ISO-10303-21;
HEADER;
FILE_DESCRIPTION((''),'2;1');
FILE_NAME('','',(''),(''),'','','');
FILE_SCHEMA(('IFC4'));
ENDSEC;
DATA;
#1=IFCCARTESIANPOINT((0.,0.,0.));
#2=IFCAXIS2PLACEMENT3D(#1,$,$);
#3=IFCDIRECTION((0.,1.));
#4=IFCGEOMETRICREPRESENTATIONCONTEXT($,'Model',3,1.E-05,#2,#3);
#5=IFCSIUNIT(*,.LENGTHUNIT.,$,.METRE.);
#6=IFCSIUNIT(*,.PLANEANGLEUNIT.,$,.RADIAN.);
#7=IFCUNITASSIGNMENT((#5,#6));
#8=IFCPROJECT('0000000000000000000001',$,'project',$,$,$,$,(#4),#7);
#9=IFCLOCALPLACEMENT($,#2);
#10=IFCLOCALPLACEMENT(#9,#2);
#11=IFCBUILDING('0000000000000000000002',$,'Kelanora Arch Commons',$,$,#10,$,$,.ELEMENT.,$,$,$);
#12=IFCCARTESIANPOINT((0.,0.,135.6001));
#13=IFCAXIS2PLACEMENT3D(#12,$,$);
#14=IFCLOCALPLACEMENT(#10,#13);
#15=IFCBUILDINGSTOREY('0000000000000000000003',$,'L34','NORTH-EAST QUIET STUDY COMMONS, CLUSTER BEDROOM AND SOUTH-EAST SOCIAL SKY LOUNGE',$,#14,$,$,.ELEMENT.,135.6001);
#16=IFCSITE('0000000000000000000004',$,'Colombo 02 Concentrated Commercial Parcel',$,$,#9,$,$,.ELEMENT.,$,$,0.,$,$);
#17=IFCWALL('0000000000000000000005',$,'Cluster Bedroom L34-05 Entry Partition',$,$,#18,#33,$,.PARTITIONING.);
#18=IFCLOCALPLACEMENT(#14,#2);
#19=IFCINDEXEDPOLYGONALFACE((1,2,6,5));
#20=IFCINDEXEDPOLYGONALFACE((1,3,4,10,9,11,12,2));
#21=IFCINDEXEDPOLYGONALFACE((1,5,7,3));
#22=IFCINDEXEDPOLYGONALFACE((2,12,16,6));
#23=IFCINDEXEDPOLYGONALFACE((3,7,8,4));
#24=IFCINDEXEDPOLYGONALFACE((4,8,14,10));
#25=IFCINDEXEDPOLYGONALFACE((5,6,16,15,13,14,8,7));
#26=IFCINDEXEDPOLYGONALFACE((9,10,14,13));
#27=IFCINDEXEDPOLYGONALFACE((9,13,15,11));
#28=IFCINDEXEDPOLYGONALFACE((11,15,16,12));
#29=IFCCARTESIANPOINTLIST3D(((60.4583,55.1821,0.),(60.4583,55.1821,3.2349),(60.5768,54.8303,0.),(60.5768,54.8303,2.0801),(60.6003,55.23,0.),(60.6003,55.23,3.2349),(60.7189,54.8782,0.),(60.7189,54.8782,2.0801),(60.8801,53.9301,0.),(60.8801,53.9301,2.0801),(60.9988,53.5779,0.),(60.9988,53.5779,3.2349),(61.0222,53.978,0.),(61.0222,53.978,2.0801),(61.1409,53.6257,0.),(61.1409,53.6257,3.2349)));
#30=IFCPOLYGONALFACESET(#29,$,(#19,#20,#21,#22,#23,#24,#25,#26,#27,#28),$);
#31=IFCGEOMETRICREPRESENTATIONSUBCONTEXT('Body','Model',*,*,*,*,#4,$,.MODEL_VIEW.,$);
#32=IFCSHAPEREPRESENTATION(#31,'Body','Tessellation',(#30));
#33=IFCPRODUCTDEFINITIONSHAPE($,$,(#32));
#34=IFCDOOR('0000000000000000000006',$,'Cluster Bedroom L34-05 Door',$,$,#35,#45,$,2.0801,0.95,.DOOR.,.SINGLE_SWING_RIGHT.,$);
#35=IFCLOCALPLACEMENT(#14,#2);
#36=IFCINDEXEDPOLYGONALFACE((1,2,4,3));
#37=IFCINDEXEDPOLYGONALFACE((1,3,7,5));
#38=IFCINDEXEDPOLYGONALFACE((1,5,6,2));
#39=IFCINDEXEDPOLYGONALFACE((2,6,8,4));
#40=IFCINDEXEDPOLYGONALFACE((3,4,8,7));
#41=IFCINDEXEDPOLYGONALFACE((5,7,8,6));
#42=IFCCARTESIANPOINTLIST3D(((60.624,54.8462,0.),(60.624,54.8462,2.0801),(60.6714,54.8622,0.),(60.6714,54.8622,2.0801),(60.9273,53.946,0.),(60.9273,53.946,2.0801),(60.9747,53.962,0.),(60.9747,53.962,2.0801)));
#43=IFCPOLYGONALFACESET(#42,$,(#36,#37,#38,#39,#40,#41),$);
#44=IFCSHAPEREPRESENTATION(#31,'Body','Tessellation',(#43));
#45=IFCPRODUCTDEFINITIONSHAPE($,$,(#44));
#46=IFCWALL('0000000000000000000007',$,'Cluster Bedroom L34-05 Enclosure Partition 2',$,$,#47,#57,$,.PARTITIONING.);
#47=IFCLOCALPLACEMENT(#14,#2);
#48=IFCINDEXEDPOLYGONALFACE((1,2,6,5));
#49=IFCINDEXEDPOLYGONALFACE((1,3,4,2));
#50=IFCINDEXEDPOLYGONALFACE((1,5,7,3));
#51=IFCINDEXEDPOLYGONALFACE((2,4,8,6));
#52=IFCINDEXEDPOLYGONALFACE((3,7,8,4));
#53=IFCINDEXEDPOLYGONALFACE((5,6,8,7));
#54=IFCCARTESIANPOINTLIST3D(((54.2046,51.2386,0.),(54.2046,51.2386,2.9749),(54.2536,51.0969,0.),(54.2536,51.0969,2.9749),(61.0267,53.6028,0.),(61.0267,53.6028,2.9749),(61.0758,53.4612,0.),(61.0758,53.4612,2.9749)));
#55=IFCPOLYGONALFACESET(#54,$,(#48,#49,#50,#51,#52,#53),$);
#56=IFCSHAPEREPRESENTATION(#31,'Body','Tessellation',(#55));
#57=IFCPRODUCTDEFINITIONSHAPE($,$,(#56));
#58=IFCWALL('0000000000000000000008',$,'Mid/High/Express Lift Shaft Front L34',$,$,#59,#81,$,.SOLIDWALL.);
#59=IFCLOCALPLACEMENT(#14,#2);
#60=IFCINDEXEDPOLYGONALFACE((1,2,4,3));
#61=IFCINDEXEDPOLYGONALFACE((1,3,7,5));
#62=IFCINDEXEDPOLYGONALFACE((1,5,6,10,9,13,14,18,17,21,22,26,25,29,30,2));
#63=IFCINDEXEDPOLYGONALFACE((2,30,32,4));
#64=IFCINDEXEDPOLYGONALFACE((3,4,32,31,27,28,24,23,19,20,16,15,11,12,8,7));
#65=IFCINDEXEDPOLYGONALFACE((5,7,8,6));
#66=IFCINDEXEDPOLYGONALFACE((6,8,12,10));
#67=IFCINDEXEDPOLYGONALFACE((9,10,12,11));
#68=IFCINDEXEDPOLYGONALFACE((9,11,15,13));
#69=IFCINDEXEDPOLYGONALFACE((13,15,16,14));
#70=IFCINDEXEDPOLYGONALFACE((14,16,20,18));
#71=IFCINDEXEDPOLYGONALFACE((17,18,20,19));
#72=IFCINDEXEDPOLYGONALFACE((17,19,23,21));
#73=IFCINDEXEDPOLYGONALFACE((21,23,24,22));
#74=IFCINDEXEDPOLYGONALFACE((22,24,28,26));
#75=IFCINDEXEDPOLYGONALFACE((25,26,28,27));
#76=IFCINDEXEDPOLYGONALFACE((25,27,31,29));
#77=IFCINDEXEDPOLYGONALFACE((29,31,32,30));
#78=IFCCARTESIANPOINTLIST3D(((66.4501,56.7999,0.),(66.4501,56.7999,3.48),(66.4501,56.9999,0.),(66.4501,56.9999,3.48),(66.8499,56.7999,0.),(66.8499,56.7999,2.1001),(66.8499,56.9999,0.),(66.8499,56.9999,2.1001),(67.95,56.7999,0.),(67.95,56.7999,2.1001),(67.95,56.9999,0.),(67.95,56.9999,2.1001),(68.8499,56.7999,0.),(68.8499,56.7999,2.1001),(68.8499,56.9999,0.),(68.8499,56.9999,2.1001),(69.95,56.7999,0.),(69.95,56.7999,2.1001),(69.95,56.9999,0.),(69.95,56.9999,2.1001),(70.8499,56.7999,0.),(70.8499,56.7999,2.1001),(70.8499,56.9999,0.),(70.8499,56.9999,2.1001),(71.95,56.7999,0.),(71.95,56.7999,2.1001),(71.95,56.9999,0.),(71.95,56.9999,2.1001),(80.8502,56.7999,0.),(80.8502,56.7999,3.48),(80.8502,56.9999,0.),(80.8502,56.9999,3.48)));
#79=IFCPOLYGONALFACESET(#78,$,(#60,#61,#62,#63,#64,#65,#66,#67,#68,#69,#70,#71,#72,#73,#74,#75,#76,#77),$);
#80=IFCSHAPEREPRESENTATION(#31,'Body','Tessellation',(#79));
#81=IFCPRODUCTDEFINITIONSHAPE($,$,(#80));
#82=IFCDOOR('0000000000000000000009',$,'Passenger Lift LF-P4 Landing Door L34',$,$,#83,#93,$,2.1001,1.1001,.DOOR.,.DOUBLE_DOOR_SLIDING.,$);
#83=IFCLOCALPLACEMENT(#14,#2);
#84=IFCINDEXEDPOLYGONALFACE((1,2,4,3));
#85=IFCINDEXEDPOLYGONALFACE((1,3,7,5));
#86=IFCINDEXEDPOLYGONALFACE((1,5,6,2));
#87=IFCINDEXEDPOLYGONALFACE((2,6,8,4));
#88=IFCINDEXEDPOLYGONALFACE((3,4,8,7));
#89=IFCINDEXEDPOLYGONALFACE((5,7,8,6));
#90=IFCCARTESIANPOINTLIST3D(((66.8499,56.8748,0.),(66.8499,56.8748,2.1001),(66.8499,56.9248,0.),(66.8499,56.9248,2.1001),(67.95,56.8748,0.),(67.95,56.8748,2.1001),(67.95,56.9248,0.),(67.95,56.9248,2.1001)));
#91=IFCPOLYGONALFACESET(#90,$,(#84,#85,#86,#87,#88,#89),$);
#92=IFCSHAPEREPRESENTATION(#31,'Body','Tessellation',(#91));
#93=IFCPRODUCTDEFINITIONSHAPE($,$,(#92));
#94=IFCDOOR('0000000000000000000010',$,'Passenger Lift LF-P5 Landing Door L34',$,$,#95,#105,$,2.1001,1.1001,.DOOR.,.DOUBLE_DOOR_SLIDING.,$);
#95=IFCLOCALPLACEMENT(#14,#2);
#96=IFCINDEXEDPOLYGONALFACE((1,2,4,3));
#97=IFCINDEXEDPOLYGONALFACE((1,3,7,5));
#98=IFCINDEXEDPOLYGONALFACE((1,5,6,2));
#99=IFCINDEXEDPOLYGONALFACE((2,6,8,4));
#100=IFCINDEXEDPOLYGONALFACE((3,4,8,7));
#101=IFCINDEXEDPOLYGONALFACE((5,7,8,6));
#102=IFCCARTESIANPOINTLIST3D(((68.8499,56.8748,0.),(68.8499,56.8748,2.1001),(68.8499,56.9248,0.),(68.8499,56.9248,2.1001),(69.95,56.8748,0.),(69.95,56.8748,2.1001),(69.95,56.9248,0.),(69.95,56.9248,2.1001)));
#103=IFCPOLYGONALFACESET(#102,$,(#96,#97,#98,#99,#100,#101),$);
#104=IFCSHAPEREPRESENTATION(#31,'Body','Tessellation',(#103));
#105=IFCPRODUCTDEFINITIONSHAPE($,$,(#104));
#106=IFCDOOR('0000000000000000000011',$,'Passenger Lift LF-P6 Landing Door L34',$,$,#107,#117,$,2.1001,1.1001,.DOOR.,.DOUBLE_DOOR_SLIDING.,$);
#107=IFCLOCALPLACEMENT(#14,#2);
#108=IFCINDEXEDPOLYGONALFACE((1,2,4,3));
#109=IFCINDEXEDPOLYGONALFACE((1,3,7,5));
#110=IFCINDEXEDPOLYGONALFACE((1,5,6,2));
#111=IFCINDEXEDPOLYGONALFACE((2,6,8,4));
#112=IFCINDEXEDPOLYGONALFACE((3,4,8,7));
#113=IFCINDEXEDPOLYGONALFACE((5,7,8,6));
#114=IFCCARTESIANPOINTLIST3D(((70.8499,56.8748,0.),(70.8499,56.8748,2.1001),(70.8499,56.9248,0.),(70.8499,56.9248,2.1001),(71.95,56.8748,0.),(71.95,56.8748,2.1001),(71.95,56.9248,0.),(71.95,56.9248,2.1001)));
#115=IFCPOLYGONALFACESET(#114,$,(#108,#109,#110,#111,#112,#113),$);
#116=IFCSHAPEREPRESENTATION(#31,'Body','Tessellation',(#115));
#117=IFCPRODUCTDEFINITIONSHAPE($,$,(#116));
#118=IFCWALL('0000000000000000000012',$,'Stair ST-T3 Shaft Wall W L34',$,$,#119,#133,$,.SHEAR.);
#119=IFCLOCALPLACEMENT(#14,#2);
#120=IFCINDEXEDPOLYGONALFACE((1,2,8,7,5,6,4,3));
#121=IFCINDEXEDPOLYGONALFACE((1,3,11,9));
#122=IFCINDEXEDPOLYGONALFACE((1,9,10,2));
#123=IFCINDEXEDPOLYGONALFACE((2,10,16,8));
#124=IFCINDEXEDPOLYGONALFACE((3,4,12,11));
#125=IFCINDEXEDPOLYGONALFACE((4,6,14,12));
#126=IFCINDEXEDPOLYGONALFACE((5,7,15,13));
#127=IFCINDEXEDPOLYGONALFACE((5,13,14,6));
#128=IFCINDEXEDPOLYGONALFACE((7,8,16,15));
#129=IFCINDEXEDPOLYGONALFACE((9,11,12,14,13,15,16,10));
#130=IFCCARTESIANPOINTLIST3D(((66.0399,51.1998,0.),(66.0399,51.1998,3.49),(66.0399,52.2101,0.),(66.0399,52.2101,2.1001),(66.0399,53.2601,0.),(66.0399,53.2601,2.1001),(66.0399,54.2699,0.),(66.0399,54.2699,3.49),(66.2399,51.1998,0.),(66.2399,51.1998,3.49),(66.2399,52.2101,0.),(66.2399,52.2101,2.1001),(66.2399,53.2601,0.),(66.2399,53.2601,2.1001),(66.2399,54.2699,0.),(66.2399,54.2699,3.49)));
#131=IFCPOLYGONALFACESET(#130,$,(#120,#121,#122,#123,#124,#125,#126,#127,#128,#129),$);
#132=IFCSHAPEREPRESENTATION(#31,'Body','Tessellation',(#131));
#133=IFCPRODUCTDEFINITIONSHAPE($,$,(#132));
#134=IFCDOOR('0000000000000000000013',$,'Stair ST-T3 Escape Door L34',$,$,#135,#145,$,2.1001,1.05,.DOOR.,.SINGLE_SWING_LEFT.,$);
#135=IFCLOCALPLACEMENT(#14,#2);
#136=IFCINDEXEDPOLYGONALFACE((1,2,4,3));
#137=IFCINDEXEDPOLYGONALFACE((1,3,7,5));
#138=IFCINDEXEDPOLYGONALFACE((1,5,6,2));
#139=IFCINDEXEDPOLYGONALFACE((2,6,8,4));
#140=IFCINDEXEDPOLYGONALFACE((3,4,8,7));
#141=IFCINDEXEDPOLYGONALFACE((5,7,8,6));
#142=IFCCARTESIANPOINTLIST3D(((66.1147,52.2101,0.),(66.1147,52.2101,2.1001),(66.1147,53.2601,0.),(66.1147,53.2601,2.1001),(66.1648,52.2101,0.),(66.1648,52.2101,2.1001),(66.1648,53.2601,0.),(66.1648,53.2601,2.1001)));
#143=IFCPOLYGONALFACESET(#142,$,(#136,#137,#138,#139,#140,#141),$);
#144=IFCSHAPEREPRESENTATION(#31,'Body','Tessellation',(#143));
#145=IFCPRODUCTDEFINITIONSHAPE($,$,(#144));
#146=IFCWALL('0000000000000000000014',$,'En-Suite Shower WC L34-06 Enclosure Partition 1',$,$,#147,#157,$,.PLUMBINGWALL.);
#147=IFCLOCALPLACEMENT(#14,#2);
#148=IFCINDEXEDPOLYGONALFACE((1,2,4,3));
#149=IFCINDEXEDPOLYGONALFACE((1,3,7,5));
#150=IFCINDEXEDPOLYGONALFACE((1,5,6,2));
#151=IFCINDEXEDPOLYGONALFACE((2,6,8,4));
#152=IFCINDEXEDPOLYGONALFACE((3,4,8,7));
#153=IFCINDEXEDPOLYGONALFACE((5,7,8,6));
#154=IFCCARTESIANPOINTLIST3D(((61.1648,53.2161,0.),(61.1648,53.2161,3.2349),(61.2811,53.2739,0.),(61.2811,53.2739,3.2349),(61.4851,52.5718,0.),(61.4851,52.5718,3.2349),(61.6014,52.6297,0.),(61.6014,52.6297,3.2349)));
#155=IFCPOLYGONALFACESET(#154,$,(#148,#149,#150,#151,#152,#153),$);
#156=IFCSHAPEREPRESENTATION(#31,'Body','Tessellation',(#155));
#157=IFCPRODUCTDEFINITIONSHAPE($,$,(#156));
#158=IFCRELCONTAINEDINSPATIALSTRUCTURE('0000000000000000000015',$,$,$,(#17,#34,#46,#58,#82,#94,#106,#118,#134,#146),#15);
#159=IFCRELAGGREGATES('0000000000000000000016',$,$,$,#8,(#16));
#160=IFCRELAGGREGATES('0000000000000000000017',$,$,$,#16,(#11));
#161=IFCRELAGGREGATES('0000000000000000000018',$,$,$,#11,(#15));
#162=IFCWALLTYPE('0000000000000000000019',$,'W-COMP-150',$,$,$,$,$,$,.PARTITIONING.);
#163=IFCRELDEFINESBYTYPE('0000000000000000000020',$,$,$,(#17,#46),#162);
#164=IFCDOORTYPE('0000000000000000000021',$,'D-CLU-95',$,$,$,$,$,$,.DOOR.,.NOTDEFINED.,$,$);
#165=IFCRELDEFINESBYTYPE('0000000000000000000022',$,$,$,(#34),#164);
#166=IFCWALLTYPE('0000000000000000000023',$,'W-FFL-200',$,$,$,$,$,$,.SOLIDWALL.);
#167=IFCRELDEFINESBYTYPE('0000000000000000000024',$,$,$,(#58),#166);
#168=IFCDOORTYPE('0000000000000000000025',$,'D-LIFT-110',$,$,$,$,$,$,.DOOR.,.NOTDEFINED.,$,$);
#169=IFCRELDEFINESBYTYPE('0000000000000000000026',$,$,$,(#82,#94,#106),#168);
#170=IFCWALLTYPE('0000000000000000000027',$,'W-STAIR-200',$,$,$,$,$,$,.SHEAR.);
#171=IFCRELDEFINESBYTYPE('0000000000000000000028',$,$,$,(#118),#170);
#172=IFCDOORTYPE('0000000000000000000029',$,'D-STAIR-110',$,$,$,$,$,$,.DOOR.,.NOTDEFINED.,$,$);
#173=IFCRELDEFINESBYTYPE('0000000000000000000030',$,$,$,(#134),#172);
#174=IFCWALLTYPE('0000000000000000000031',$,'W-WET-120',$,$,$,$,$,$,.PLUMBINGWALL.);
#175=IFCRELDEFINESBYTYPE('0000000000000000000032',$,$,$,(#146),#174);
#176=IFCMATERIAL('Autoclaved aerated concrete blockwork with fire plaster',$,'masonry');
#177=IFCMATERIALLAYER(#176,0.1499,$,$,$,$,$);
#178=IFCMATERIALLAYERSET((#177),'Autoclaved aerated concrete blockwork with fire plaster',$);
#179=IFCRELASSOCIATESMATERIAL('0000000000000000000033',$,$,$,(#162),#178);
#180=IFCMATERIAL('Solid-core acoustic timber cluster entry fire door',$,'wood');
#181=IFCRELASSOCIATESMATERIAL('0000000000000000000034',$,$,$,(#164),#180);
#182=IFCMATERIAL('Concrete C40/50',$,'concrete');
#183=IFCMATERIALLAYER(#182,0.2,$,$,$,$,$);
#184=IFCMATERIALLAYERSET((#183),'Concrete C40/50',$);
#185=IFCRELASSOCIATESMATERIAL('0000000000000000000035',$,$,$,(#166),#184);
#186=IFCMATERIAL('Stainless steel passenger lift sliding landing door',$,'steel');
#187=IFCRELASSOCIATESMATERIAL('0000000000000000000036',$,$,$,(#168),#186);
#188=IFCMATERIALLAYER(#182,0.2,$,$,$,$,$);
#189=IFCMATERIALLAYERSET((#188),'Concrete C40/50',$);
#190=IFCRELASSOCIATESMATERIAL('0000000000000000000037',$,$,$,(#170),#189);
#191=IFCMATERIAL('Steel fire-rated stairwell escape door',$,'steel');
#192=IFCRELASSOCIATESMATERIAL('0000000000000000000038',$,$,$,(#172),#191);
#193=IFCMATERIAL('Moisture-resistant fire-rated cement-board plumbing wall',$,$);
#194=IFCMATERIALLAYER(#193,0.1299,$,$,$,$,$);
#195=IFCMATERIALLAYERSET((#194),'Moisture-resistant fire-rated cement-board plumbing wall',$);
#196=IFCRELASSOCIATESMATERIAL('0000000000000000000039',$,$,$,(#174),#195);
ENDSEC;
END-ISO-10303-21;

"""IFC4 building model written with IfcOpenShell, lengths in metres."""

from ifc_helpers import new_model, si_unit, direction, frame, frame_2d, origin, place, context, subcontext, project, spatial, rectangle, extrude, material, layer, layer_set, type_object, element, fill, save


model = new_model("IFC4")

# Units and contexts
model_context = context("Model", 3, precision=1e-05, world=origin(), true_north=direction((0.0, 1.0)))
body_context = subcontext(model_context, "Body", "Model", "MODEL_VIEW")
ifc_project = project(units=[si_unit("LENGTHUNIT", "METRE"), si_unit("PLANEANGLEUNIT", "RADIAN")], contexts=[model_context])

# Site, building, storey
site_placement = place(None, origin())
site = spatial("IfcSite", under=ifc_project, at=site_placement, Name="Colombo 02 Concentrated Commercial Parcel", CompositionType="ELEMENT", RefElevation=0.0)
building_placement = place(site_placement, origin())
building = spatial("IfcBuilding", under=site, at=building_placement, Name="Kelanora Arch Commons", CompositionType="ELEMENT")
storey_placement = place(building_placement, frame((0.0, 0.0, 135.6001)))
storey = spatial("IfcBuildingStorey", under=building, at=storey_placement, Name="L34", Description="NORTH-EAST QUIET STUDY COMMONS, CLUSTER BEDROOM AND SOUTH-EAST SOCIAL SKY LOUNGE", CompositionType="ELEMENT", Elevation=135.6001)

# Shared definitions
ifc_material_1 = material(Name="Autoclaved aerated concrete blockwork with fire plaster", Category="masonry")
ifc_layer_1 = layer(ifc_material_1, 0.1499)
ifc_layer_set_1 = layer_set([ifc_layer_1], Name="Autoclaved aerated concrete blockwork with fire plaster")
wall_type_1 = type_object("IfcWallType", Name="W-COMP-150", PredefinedType="PARTITIONING", material=ifc_layer_set_1)

# Wall, opening, door
wall_1_placement = place(storey_placement, frame((60.5293, 55.2061, 0.0), z_axis=(0.0, 0.0, 1.0), x_axis=(0.319298, -0.947654, 0.0)))
wall_1 = element("IfcWall", 1, at=wall_1_placement, inside=storey, type_object=wall_type_1, Name="Cluster Bedroom L34-05 Entry Partition", PredefinedType="PARTITIONING", context=body_context, shape_type="SweptSolid", body=[
    extrude(rectangle(XDim=1.6929, YDim=0.1499, at=frame_2d((0.8464, 0.0))), origin(), (0.0, 0.0, 1.0), 3.2349),
])
opening_1_placement = place(wall_1_placement, frame((0.3711, 0.0, 0.0)))
opening_1 = element("IfcOpeningElement", 2, at=opening_1_placement, cuts=wall_1, PredefinedType="OPENING", context=body_context, shape_type="SweptSolid", body=[
    extrude(rectangle(XDim=0.95, YDim=2.0801, at=frame_2d((0.4751, 1.04))), frame((0.0, 0.085, 0.0), z_axis=(0.0, -1.0, 0.0), x_axis=(1.0, 0.0, 0.0)), (0.0, 0.0, 1.0), 0.1699),
])
ifc_material_2 = material(Name="Solid-core acoustic timber cluster entry fire door", Category="wood")
door_type_1 = type_object("IfcDoorType", Name="D-CLU-95", OperationType="NOTDEFINED", PredefinedType="DOOR", material=ifc_material_2)
door_1_placement = place(opening_1_placement, origin())
door_1 = element("IfcDoor", 3, at=door_1_placement, inside=storey, type_object=door_type_1, Name="Cluster Bedroom L34-05 Door", OperationType="SINGLE_SWING_RIGHT", OverallHeight=2.0801, OverallWidth=0.95, PredefinedType="DOOR", context=body_context, shape_type="SweptSolid", body=[
    extrude(rectangle(XDim=0.95, YDim=2.0801, at=frame_2d((0.4751, 1.04))), frame((0.0, 0.0249, 0.0), z_axis=(0.0, -1.0, 0.0), x_axis=(1.0, 0.0, 0.0)), (0.0, 0.0, 1.0), 0.05),
])
fill(opening_1, door_1)

# Wall
wall_2_placement = place(storey_placement, frame((61.0513, 53.532, 0.0), z_axis=(0.0, 0.0, 1.0), x_axis=(-0.94487, -0.327445, 0.0)))
element("IfcWall", 4, at=wall_2_placement, inside=storey, type_object=wall_type_1, Name="Cluster Bedroom L34-05 Enclosure Partition 2", PredefinedType="PARTITIONING", context=body_context, shape_type="SweptSolid", body=[
    extrude(rectangle(XDim=7.2202, YDim=0.1499, at=frame_2d((3.6101, 0.0))), origin(), (0.0, 0.0, 1.0), 2.9749),
])

# Wall, openings, doors
ifc_material_3 = material(Name="Concrete C40/50", Category="concrete")
ifc_layer_2 = layer(ifc_material_3, 0.2)
ifc_layer_set_2 = layer_set([ifc_layer_2], Name="Concrete C40/50")
wall_type_2 = type_object("IfcWallType", Name="W-FFL-200", PredefinedType="SOLIDWALL", material=ifc_layer_set_2)
wall_3_placement = place(storey_placement, frame((66.45, 56.8999, 0.0), z_axis=(0.0, 0.0, 1.0), x_axis=(1.0, 0.0, 0.0)))
wall_3 = element("IfcWall", 5, at=wall_3_placement, inside=storey, type_object=wall_type_2, Name="Mid/High/Express Lift Shaft Front L34", PredefinedType="SOLIDWALL", context=body_context, shape_type="SweptSolid", body=[
    extrude(rectangle(XDim=14.4001, YDim=0.2, at=frame_2d((7.2002, 0.0))), origin(), (0.0, 0.0, 1.0), 3.48),
])
opening_2_placement = place(wall_3_placement, frame((0.3999, 0.0, 0.0)))
opening_2 = element("IfcOpeningElement", 6, at=opening_2_placement, cuts=wall_3, PredefinedType="OPENING", context=body_context, shape_type="SweptSolid", body=[
    extrude(rectangle(XDim=1.1001, YDim=2.1001, at=frame_2d((0.55, 1.05))), frame((0.0, 0.1099, 0.0), z_axis=(0.0, -1.0, 0.0), x_axis=(1.0, 0.0, 0.0)), (0.0, 0.0, 1.0), 0.22),
])
opening_3_placement = place(wall_3_placement, frame((2.3999, 0.0, 0.0)))
opening_3 = element("IfcOpeningElement", 7, at=opening_3_placement, cuts=wall_3, PredefinedType="OPENING", context=body_context, shape_type="SweptSolid", body=[
    extrude(rectangle(XDim=1.1001, YDim=2.1001, at=frame_2d((0.55, 1.05))), frame((0.0, 0.1099, 0.0), z_axis=(0.0, -1.0, 0.0), x_axis=(1.0, 0.0, 0.0)), (0.0, 0.0, 1.0), 0.22),
])
opening_4_placement = place(wall_3_placement, frame((4.3999, 0.0, 0.0)))
opening_4 = element("IfcOpeningElement", 8, at=opening_4_placement, cuts=wall_3, PredefinedType="OPENING", context=body_context, shape_type="SweptSolid", body=[
    extrude(rectangle(XDim=1.1001, YDim=2.1001, at=frame_2d((0.55, 1.05))), frame((0.0, 0.1099, 0.0), z_axis=(0.0, -1.0, 0.0), x_axis=(1.0, 0.0, 0.0)), (0.0, 0.0, 1.0), 0.22),
])
ifc_material_4 = material(Name="Stainless steel passenger lift sliding landing door", Category="steel")
door_type_2 = type_object("IfcDoorType", Name="D-LIFT-110", OperationType="NOTDEFINED", PredefinedType="DOOR", material=ifc_material_4)
door_2_placement = place(opening_2_placement, origin())
door_2 = element("IfcDoor", 9, at=door_2_placement, inside=storey, type_object=door_type_2, Name="Passenger Lift LF-P4 Landing Door L34", OperationType="DOUBLE_DOOR_SLIDING", OverallHeight=2.1001, OverallWidth=1.1001, PredefinedType="DOOR", context=body_context, shape_type="SweptSolid", body=[
    extrude(rectangle(XDim=1.1001, YDim=2.1001, at=frame_2d((0.55, 1.05))), frame((0.0, 0.0249, 0.0), z_axis=(0.0, -1.0, 0.0), x_axis=(1.0, 0.0, 0.0)), (0.0, 0.0, 1.0), 0.05),
])
fill(opening_2, door_2)
door_3_placement = place(opening_3_placement, origin())
door_3 = element("IfcDoor", 10, at=door_3_placement, inside=storey, type_object=door_type_2, Name="Passenger Lift LF-P5 Landing Door L34", OperationType="DOUBLE_DOOR_SLIDING", OverallHeight=2.1001, OverallWidth=1.1001, PredefinedType="DOOR", context=body_context, shape_type="SweptSolid", body=[
    extrude(rectangle(XDim=1.1001, YDim=2.1001, at=frame_2d((0.55, 1.05))), frame((0.0, 0.0249, 0.0), z_axis=(0.0, -1.0, 0.0), x_axis=(1.0, 0.0, 0.0)), (0.0, 0.0, 1.0), 0.05),
])
fill(opening_3, door_3)
door_4_placement = place(opening_4_placement, origin())
door_4 = element("IfcDoor", 11, at=door_4_placement, inside=storey, type_object=door_type_2, Name="Passenger Lift LF-P6 Landing Door L34", OperationType="DOUBLE_DOOR_SLIDING", OverallHeight=2.1001, OverallWidth=1.1001, PredefinedType="DOOR", context=body_context, shape_type="SweptSolid", body=[
    extrude(rectangle(XDim=1.1001, YDim=2.1001, at=frame_2d((0.55, 1.05))), frame((0.0, 0.0249, 0.0), z_axis=(0.0, -1.0, 0.0), x_axis=(1.0, 0.0, 0.0)), (0.0, 0.0, 1.0), 0.05),
])
fill(opening_4, door_4)

# Wall, opening, door
ifc_layer_3 = layer(ifc_material_3, 0.2)
ifc_layer_set_3 = layer_set([ifc_layer_3], Name="Concrete C40/50")
wall_type_3 = type_object("IfcWallType", Name="W-STAIR-200", PredefinedType="SHEAR", material=ifc_layer_set_3)
wall_4_placement = place(storey_placement, frame((66.1399, 54.27, 0.0), z_axis=(0.0, 0.0, 1.0), x_axis=(0.0, -1.0, 0.0)))
wall_4 = element("IfcWall", 12, at=wall_4_placement, inside=storey, type_object=wall_type_3, Name="Stair ST-T3 Shaft Wall W L34", PredefinedType="SHEAR", context=body_context, shape_type="SweptSolid", body=[
    extrude(rectangle(XDim=3.0701, YDim=0.2, at=frame_2d((1.5352, 0.0))), origin(), (0.0, 0.0, 1.0), 3.49),
])
opening_5_placement = place(wall_4_placement, frame((1.01, 0.0, 0.0)))
opening_5 = element("IfcOpeningElement", 13, at=opening_5_placement, cuts=wall_4, PredefinedType="OPENING", context=body_context, shape_type="SweptSolid", body=[
    extrude(rectangle(XDim=1.05, YDim=2.1001, at=frame_2d((0.5249, 1.05))), frame((0.0, 0.1099, 0.0), z_axis=(0.0, -1.0, 0.0), x_axis=(1.0, 0.0, 0.0)), (0.0, 0.0, 1.0), 0.22),
])
ifc_material_5 = material(Name="Steel fire-rated stairwell escape door", Category="steel")
door_type_3 = type_object("IfcDoorType", Name="D-STAIR-110", OperationType="NOTDEFINED", PredefinedType="DOOR", material=ifc_material_5)
door_5_placement = place(opening_5_placement, origin())
door_5 = element("IfcDoor", 14, at=door_5_placement, inside=storey, type_object=door_type_3, Name="Stair ST-T3 Escape Door L34", OperationType="SINGLE_SWING_LEFT", OverallHeight=2.1001, OverallWidth=1.05, PredefinedType="DOOR", context=body_context, shape_type="SweptSolid", body=[
    extrude(rectangle(XDim=1.05, YDim=2.1001, at=frame_2d((0.5249, 1.05))), frame((0.0, 0.0249, 0.0), z_axis=(0.0, -1.0, 0.0), x_axis=(1.0, 0.0, 0.0)), (0.0, 0.0, 1.0), 0.05),
])
fill(opening_5, door_5)

# Wall
ifc_material_6 = material(Name="Moisture-resistant fire-rated cement-board plumbing wall")
ifc_layer_4 = layer(ifc_material_6, 0.1299)
ifc_layer_set_4 = layer_set([ifc_layer_4], Name="Moisture-resistant fire-rated cement-board plumbing wall")
wall_type_4 = type_object("IfcWallType", Name="W-WET-120", PredefinedType="PLUMBINGWALL", material=ifc_layer_set_4)
wall_5_placement = place(storey_placement, frame((61.2229, 53.2451, 0.0), z_axis=(0.0, 0.0, 1.0), x_axis=(0.445177, -0.895443, 0.0)))
element("IfcWall", 15, at=wall_5_placement, inside=storey, type_object=wall_type_4, Name="En-Suite Shower WC L34-06 Enclosure Partition 1", PredefinedType="PLUMBINGWALL", context=body_context, shape_type="SweptSolid", body=[
    extrude(rectangle(XDim=0.7195, YDim=0.1299, at=frame_2d((0.3599, 0.0))), origin(), (0.0, 0.0, 1.0), 3.2349),
])

save(model, "model.ifc")
